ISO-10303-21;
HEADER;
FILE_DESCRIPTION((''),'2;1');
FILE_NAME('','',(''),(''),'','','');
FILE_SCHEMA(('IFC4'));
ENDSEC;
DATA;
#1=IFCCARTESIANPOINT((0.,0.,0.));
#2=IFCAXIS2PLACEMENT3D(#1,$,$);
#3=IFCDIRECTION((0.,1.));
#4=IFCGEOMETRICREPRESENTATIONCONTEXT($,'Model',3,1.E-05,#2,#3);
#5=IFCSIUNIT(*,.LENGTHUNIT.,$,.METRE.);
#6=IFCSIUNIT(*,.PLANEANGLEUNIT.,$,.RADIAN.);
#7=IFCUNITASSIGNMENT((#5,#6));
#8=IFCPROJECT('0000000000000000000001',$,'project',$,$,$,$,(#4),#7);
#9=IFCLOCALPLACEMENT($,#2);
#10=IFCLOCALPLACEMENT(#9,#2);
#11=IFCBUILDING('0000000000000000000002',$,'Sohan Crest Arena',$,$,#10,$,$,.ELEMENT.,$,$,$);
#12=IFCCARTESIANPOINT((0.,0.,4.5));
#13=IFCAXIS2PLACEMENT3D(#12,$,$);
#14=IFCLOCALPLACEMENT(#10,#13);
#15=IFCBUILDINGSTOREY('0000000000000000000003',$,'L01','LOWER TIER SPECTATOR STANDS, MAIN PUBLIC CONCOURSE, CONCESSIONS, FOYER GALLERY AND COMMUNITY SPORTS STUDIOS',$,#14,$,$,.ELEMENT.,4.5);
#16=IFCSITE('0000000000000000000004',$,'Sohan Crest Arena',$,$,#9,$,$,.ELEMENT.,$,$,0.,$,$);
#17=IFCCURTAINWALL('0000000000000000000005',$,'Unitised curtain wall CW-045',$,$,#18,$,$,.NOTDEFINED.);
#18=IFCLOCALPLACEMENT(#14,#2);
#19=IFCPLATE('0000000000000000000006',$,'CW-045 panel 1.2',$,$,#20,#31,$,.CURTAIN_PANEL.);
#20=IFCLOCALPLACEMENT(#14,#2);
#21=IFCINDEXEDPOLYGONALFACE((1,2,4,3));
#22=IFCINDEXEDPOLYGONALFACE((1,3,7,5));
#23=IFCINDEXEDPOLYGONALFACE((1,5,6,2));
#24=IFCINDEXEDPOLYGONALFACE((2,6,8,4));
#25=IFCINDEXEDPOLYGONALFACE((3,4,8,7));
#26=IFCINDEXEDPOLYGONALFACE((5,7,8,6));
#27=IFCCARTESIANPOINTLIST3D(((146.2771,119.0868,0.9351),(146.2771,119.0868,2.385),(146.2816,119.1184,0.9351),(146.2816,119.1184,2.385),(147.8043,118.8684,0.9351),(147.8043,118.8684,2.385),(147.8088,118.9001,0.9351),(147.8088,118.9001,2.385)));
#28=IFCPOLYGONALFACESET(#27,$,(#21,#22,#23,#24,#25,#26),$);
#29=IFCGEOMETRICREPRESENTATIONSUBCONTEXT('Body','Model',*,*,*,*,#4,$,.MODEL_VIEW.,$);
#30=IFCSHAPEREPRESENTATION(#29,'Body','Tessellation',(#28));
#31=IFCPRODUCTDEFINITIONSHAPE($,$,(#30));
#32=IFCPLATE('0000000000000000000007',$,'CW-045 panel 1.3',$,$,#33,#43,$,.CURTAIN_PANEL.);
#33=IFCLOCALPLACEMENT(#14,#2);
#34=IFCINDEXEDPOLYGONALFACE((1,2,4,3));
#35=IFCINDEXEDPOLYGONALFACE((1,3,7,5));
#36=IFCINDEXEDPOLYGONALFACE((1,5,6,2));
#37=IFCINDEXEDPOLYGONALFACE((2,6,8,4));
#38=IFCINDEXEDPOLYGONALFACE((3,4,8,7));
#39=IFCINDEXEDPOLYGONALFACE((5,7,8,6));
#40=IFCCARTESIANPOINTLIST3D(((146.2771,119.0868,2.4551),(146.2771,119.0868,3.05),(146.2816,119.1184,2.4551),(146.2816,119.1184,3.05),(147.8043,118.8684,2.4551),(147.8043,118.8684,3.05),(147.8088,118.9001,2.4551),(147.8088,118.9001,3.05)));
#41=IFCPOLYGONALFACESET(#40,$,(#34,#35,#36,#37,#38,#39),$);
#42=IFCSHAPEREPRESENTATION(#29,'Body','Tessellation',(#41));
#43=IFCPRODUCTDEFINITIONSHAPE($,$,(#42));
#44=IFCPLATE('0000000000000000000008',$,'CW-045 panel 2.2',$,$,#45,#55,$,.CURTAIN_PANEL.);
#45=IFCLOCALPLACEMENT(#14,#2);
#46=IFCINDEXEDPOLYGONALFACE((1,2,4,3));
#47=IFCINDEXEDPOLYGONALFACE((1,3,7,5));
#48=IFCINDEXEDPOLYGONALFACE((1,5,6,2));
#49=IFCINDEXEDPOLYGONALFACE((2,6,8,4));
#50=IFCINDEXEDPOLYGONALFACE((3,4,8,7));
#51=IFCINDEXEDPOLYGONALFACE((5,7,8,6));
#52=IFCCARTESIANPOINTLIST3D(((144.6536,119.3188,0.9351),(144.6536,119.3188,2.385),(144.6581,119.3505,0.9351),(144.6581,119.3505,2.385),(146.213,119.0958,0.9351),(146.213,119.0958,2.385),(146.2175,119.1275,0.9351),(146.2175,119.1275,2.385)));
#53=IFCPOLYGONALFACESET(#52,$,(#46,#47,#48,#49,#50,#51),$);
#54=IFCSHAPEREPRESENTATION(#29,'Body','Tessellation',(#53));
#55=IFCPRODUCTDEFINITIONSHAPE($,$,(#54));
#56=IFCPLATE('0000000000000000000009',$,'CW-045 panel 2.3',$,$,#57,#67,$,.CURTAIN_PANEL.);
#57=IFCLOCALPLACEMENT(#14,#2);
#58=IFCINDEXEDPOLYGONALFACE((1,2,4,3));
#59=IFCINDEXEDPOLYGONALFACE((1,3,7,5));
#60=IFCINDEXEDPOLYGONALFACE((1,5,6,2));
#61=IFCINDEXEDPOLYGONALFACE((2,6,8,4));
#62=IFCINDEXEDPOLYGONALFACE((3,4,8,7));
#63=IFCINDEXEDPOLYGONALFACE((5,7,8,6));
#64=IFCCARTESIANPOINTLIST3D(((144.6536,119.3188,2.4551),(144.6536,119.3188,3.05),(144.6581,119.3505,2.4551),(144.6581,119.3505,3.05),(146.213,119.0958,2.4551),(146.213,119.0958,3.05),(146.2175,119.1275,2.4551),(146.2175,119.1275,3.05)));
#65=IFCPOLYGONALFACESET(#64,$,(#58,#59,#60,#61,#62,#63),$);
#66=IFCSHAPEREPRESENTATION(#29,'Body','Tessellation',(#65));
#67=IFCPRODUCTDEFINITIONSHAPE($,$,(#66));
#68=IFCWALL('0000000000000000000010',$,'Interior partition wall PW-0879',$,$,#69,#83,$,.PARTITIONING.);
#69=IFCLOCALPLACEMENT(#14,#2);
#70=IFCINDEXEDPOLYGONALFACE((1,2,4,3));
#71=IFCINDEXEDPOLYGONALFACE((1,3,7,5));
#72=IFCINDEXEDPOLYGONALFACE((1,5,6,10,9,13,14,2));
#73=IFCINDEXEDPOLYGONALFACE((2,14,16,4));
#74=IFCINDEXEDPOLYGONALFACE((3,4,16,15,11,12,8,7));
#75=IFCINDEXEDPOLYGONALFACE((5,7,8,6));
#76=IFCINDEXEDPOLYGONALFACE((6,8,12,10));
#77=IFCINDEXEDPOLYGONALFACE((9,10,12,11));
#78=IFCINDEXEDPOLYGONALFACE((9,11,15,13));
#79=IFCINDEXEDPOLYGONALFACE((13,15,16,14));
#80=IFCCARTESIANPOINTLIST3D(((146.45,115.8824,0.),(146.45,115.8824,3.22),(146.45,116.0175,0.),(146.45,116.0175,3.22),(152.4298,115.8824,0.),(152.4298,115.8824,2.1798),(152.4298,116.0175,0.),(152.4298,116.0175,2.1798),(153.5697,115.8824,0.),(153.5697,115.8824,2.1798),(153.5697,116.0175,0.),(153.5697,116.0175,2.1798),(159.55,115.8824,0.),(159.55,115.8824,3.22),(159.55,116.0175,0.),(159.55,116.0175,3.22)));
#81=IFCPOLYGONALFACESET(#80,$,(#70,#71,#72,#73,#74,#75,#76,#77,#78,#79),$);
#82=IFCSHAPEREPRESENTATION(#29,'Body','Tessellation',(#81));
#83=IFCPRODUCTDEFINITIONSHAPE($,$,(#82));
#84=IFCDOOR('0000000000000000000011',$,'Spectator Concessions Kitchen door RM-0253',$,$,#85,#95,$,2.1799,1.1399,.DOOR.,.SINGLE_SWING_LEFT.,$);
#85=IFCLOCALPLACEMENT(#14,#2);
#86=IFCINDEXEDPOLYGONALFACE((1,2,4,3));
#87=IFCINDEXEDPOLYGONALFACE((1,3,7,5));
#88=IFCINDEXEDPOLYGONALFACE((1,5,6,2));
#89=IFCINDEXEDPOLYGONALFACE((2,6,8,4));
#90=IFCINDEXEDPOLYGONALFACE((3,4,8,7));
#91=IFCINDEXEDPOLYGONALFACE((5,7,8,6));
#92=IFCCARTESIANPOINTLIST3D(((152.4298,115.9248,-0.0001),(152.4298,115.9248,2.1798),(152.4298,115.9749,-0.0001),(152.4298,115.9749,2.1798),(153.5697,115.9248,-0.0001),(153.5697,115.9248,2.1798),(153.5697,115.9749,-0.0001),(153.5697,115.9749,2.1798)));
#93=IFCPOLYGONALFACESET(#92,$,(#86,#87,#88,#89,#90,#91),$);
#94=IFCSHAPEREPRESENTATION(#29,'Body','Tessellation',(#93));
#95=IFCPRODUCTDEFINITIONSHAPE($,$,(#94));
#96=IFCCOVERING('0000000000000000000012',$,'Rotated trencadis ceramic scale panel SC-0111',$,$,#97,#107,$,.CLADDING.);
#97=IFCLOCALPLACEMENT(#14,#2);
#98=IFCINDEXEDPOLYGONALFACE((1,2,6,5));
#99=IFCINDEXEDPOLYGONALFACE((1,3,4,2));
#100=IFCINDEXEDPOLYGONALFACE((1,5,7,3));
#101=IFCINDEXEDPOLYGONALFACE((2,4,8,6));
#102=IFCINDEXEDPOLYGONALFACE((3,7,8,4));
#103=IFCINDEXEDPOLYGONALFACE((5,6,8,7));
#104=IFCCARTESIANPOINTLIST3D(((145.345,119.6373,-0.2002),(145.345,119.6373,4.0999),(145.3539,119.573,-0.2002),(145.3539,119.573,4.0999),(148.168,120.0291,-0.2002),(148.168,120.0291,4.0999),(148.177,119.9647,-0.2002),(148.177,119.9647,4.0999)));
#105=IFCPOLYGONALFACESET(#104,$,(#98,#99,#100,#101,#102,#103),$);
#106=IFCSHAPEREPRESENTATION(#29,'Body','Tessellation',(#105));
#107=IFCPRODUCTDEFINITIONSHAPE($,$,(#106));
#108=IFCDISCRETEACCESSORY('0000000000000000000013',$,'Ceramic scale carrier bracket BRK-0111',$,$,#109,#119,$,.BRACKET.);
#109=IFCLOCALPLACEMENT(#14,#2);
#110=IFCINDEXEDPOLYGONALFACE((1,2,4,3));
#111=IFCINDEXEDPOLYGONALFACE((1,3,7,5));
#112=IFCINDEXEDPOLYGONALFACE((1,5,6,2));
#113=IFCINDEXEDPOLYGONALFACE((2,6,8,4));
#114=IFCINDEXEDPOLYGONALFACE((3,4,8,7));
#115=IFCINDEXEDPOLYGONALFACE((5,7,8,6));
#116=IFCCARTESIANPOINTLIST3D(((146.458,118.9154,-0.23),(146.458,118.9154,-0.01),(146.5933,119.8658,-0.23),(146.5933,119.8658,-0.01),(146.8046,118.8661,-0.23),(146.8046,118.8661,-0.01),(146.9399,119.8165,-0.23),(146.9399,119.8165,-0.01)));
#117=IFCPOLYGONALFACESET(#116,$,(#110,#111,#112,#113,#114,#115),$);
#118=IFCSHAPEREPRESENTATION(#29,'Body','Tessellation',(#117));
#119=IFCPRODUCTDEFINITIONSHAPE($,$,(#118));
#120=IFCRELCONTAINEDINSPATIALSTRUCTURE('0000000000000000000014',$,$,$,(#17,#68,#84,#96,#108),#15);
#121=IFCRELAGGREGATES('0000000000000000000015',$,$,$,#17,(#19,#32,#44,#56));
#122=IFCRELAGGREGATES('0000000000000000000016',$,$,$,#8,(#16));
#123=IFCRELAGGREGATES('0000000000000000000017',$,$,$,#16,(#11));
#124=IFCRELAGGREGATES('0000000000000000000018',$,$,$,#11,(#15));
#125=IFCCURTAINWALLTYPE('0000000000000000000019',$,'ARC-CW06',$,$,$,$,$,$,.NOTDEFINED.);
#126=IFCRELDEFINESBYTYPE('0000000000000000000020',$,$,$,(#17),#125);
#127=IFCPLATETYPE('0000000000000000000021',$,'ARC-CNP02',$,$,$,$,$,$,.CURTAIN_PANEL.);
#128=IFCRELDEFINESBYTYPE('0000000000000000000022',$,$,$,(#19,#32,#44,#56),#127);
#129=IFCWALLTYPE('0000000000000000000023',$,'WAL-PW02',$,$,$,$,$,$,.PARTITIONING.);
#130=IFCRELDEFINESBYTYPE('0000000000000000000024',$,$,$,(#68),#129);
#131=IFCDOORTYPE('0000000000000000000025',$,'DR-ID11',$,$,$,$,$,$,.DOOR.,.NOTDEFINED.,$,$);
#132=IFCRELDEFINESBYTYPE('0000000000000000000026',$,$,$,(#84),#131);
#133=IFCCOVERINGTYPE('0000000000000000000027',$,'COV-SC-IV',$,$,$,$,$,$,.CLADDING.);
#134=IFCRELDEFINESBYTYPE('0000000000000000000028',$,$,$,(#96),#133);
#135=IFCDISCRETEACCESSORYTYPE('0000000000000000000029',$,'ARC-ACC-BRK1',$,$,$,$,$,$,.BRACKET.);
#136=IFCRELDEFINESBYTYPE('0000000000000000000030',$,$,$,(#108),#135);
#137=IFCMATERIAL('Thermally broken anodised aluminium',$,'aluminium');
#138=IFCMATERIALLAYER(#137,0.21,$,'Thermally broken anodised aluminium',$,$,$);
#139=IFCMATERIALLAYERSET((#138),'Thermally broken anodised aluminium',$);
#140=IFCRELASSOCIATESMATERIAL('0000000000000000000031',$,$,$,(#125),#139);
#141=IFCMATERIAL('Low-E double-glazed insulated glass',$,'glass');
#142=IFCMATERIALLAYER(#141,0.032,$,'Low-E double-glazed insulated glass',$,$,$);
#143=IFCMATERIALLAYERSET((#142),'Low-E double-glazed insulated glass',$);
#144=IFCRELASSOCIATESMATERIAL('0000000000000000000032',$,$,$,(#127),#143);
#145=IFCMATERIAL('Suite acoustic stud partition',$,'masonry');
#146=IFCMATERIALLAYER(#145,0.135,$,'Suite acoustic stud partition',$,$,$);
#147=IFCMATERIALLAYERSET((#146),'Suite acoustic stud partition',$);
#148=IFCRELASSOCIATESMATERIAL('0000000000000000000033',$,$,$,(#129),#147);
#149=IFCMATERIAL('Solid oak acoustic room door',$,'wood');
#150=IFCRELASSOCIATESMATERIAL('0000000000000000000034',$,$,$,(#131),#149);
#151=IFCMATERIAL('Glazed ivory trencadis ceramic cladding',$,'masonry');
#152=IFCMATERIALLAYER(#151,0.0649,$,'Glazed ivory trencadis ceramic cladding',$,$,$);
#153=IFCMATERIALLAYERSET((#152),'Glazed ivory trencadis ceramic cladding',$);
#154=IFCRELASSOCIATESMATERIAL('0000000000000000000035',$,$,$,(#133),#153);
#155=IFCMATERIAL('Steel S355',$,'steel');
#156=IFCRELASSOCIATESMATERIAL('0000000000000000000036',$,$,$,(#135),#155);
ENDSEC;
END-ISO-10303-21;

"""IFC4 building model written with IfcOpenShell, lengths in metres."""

from ifc_helpers import new_model, si_unit, direction, frame, frame_2d, origin, origin_2d, place, context, subcontext, project, spatial, rectangle, extrude, material, layer, layer_set, type_object, element, fill, aggregate, save


model = new_model("IFC4")

# Units and contexts
model_context = context("Model", 3, precision=1e-05, world=origin(), true_north=direction((0.0, 1.0)))
body_context = subcontext(model_context, "Body", "Model", "MODEL_VIEW")
ifc_project = project(units=[si_unit("LENGTHUNIT", "METRE"), si_unit("PLANEANGLEUNIT", "RADIAN")], contexts=[model_context])

# Site, building, storey
site_placement = place(None, origin())
site = spatial("IfcSite", under=ifc_project, at=site_placement, Name="Sohan Crest Arena", CompositionType="ELEMENT", RefElevation=0.0)
building_placement = place(site_placement, origin())
building = spatial("IfcBuilding", under=site, at=building_placement, Name="Sohan Crest Arena", CompositionType="ELEMENT")
storey_placement = place(building_placement, frame((0.0, 0.0, 4.5)))
storey = spatial("IfcBuildingStorey", under=building, at=storey_placement, Name="L01", Description="LOWER TIER SPECTATOR STANDS, MAIN PUBLIC CONCOURSE, CONCESSIONS, FOYER GALLERY AND COMMUNITY SPORTS STUDIOS", CompositionType="ELEMENT", Elevation=4.5)

# Shared definitions
ifc_material_1 = material(Name="Steel S355", Category="steel")

# Curtain wall
ifc_material_2 = material(Name="Thermally broken anodised aluminium", Category="aluminium")
ifc_layer_1 = layer(ifc_material_2, 0.21, Name="Thermally broken anodised aluminium")
ifc_layer_set_1 = layer_set([ifc_layer_1], Name="Thermally broken anodised aluminium")
curtain_wall_type = type_object("IfcCurtainWallType", Name="ARC-CW06", PredefinedType="NOTDEFINED", material=ifc_layer_set_1)
curtain_wall_placement = place(storey_placement, origin())
curtain_wall = element("IfcCurtainWall", 1, at=curtain_wall_placement, inside=storey, type_object=curtain_wall_type, Name="Unitised curtain wall CW-045", PredefinedType="NOTDEFINED")

# Plates
ifc_material_3 = material(Name="Low-E double-glazed insulated glass", Category="glass")
ifc_layer_2 = layer(ifc_material_3, 0.032, Name="Low-E double-glazed insulated glass")
ifc_layer_set_2 = layer_set([ifc_layer_2], Name="Low-E double-glazed insulated glass")
plate_type = type_object("IfcPlateType", Name="ARC-CNP02", PredefinedType="CURTAIN_PANEL", material=ifc_layer_set_2)
plate_1_placement = place(storey_placement, frame((147.043, 118.9934, 0.9351), z_axis=(0.0, 0.0, 1.0), x_axis=(-0.989931, 0.141549, 0.0)))
plate_1 = element("IfcPlate", 2, at=plate_1_placement, type_object=plate_type, Name="CW-045 panel 1.2", PredefinedType="CURTAIN_PANEL", context=body_context, shape_type="SweptSolid", body=[
    extrude(rectangle(XDim=1.5427, YDim=0.032, at=origin_2d()), origin(), (0.0, 0.0, 1.0), 1.45),
])
plate_2_placement = place(storey_placement, frame((147.043, 118.9934, 2.4551), z_axis=(0.0, 0.0, 1.0), x_axis=(-0.989931, 0.141549, 0.0)))
plate_2 = element("IfcPlate", 3, at=plate_2_placement, type_object=plate_type, Name="CW-045 panel 1.3", PredefinedType="CURTAIN_PANEL", context=body_context, shape_type="SweptSolid", body=[
    extrude(rectangle(XDim=1.5427, YDim=0.032, at=origin_2d()), origin(), (0.0, 0.0, 1.0), 0.595),
])
plate_3_placement = place(storey_placement, frame((145.4355, 119.2231, 0.9351), z_axis=(0.0, 0.0, 1.0), x_axis=(-0.989931, 0.141549, 0.0)))
plate_3 = element("IfcPlate", 4, at=plate_3_placement, type_object=plate_type, Name="CW-045 panel 2.2", PredefinedType="CURTAIN_PANEL", context=body_context, shape_type="SweptSolid", body=[
    extrude(rectangle(XDim=1.5752, YDim=0.032, at=origin_2d()), origin(), (0.0, 0.0, 1.0), 1.45),
])
plate_4_placement = place(storey_placement, frame((145.4355, 119.2231, 2.4551), z_axis=(0.0, 0.0, 1.0), x_axis=(-0.989931, 0.141549, 0.0)))
plate_4 = element("IfcPlate", 5, at=plate_4_placement, type_object=plate_type, Name="CW-045 panel 2.3", PredefinedType="CURTAIN_PANEL", context=body_context, shape_type="SweptSolid", body=[
    extrude(rectangle(XDim=1.5752, YDim=0.032, at=origin_2d()), origin(), (0.0, 0.0, 1.0), 0.595),
])
aggregate(curtain_wall, [plate_1, plate_2, plate_3, plate_4])

# Wall, opening, door
ifc_material_4 = material(Name="Suite acoustic stud partition", Category="masonry")
ifc_layer_3 = layer(ifc_material_4, 0.135, Name="Suite acoustic stud partition")
ifc_layer_set_3 = layer_set([ifc_layer_3], Name="Suite acoustic stud partition")
wall_type = type_object("IfcWallType", Name="WAL-PW02", PredefinedType="PARTITIONING", material=ifc_layer_set_3)
wall_placement = place(storey_placement, frame((146.45, 115.95, 0.0), z_axis=(0.0, 0.0, 1.0), x_axis=(1.0, 0.0, 0.0)))
wall = element("IfcWall", 6, at=wall_placement, inside=storey, type_object=wall_type, Name="Interior partition wall PW-0879", PredefinedType="PARTITIONING", context=body_context, shape_type="SweptSolid", body=[
    extrude(rectangle(XDim=13.1001, YDim=0.135, at=frame_2d((6.55, 0.0))), origin(), (0.0, 0.0, 1.0), 3.22),
])
opening_placement = place(wall_placement, frame((5.98, 0.0, 0.0)))
opening = element("IfcOpeningElement", 7, at=opening_placement, cuts=wall, PredefinedType="OPENING", context=body_context, shape_type="SweptSolid", body=[
    extrude(rectangle(XDim=1.1399, YDim=2.1799, at=frame_2d((0.5698, 1.0898))), frame((0.0, 0.0774, 0.0), z_axis=(0.0, -1.0, 0.0), x_axis=(1.0, 0.0, 0.0)), (0.0, 0.0, 1.0), 0.155),
])
ifc_material_5 = material(Name="Solid oak acoustic room door", Category="wood")
door_type = type_object("IfcDoorType", Name="DR-ID11", OperationType="NOTDEFINED", PredefinedType="DOOR", material=ifc_material_5)
door_placement = place(opening_placement, origin())
door = element("IfcDoor", 8, at=door_placement, inside=storey, type_object=door_type, Name="Spectator Concessions Kitchen door RM-0253", OperationType="SINGLE_SWING_LEFT", OverallHeight=2.1799, OverallWidth=1.1399, PredefinedType="DOOR", context=body_context, shape_type="SweptSolid", body=[
    extrude(rectangle(XDim=1.1399, YDim=2.1799, at=frame_2d((0.5698, 1.0898))), frame((0.0, 0.0249, 0.0), z_axis=(0.0, -1.0, 0.0), x_axis=(1.0, 0.0, 0.0)), (0.0, 0.0, 1.0), 0.05),
])
fill(opening, door)

# Covering
ifc_material_6 = material(Name="Glazed ivory trencadis ceramic cladding", Category="masonry")
ifc_layer_4 = layer(ifc_material_6, 0.0649, Name="Glazed ivory trencadis ceramic cladding")
ifc_layer_set_4 = layer_set([ifc_layer_4], Name="Glazed ivory trencadis ceramic cladding")
covering_type = type_object("IfcCoveringType", Name="COV-SC-IV", PredefinedType="CLADDING", material=ifc_layer_set_4)
covering_placement = place(storey_placement, frame((146.761, 119.801, -0.2002), z_axis=(0.0, 0.0, 1.0), x_axis=(-0.990509, -0.137445, 0.0)))
element("IfcCovering", 9, at=covering_placement, inside=storey, type_object=covering_type, Name="Rotated trencadis ceramic scale panel SC-0111", PredefinedType="CLADDING", context=body_context, shape_type="SweptSolid", body=[
    extrude(rectangle(XDim=2.8501, YDim=0.0649, at=origin_2d()), origin(), (0.0, 0.0, 1.0), 4.3),
])

# Discrete accessory
discrete_accessory_type = type_object("IfcDiscreteAccessoryType", Name="ARC-ACC-BRK1", PredefinedType="BRACKET", material=ifc_material_1)
discrete_accessory_placement = place(storey_placement, frame((146.699, 119.366, -0.23), z_axis=(0.0, 0.0, 1.0), x_axis=(-0.990024, 0.140901, 0.0)))
element("IfcDiscreteAccessory", 10, at=discrete_accessory_placement, inside=storey, type_object=discrete_accessory_type, Name="Ceramic scale carrier bracket BRK-0111", PredefinedType="BRACKET", context=body_context, shape_type="SweptSolid", body=[
    extrude(rectangle(XDim=0.3501, YDim=0.96, at=origin_2d()), origin(), (0.0, 0.0, 1.0), 0.22),
])

save(model, "model.ifc")
